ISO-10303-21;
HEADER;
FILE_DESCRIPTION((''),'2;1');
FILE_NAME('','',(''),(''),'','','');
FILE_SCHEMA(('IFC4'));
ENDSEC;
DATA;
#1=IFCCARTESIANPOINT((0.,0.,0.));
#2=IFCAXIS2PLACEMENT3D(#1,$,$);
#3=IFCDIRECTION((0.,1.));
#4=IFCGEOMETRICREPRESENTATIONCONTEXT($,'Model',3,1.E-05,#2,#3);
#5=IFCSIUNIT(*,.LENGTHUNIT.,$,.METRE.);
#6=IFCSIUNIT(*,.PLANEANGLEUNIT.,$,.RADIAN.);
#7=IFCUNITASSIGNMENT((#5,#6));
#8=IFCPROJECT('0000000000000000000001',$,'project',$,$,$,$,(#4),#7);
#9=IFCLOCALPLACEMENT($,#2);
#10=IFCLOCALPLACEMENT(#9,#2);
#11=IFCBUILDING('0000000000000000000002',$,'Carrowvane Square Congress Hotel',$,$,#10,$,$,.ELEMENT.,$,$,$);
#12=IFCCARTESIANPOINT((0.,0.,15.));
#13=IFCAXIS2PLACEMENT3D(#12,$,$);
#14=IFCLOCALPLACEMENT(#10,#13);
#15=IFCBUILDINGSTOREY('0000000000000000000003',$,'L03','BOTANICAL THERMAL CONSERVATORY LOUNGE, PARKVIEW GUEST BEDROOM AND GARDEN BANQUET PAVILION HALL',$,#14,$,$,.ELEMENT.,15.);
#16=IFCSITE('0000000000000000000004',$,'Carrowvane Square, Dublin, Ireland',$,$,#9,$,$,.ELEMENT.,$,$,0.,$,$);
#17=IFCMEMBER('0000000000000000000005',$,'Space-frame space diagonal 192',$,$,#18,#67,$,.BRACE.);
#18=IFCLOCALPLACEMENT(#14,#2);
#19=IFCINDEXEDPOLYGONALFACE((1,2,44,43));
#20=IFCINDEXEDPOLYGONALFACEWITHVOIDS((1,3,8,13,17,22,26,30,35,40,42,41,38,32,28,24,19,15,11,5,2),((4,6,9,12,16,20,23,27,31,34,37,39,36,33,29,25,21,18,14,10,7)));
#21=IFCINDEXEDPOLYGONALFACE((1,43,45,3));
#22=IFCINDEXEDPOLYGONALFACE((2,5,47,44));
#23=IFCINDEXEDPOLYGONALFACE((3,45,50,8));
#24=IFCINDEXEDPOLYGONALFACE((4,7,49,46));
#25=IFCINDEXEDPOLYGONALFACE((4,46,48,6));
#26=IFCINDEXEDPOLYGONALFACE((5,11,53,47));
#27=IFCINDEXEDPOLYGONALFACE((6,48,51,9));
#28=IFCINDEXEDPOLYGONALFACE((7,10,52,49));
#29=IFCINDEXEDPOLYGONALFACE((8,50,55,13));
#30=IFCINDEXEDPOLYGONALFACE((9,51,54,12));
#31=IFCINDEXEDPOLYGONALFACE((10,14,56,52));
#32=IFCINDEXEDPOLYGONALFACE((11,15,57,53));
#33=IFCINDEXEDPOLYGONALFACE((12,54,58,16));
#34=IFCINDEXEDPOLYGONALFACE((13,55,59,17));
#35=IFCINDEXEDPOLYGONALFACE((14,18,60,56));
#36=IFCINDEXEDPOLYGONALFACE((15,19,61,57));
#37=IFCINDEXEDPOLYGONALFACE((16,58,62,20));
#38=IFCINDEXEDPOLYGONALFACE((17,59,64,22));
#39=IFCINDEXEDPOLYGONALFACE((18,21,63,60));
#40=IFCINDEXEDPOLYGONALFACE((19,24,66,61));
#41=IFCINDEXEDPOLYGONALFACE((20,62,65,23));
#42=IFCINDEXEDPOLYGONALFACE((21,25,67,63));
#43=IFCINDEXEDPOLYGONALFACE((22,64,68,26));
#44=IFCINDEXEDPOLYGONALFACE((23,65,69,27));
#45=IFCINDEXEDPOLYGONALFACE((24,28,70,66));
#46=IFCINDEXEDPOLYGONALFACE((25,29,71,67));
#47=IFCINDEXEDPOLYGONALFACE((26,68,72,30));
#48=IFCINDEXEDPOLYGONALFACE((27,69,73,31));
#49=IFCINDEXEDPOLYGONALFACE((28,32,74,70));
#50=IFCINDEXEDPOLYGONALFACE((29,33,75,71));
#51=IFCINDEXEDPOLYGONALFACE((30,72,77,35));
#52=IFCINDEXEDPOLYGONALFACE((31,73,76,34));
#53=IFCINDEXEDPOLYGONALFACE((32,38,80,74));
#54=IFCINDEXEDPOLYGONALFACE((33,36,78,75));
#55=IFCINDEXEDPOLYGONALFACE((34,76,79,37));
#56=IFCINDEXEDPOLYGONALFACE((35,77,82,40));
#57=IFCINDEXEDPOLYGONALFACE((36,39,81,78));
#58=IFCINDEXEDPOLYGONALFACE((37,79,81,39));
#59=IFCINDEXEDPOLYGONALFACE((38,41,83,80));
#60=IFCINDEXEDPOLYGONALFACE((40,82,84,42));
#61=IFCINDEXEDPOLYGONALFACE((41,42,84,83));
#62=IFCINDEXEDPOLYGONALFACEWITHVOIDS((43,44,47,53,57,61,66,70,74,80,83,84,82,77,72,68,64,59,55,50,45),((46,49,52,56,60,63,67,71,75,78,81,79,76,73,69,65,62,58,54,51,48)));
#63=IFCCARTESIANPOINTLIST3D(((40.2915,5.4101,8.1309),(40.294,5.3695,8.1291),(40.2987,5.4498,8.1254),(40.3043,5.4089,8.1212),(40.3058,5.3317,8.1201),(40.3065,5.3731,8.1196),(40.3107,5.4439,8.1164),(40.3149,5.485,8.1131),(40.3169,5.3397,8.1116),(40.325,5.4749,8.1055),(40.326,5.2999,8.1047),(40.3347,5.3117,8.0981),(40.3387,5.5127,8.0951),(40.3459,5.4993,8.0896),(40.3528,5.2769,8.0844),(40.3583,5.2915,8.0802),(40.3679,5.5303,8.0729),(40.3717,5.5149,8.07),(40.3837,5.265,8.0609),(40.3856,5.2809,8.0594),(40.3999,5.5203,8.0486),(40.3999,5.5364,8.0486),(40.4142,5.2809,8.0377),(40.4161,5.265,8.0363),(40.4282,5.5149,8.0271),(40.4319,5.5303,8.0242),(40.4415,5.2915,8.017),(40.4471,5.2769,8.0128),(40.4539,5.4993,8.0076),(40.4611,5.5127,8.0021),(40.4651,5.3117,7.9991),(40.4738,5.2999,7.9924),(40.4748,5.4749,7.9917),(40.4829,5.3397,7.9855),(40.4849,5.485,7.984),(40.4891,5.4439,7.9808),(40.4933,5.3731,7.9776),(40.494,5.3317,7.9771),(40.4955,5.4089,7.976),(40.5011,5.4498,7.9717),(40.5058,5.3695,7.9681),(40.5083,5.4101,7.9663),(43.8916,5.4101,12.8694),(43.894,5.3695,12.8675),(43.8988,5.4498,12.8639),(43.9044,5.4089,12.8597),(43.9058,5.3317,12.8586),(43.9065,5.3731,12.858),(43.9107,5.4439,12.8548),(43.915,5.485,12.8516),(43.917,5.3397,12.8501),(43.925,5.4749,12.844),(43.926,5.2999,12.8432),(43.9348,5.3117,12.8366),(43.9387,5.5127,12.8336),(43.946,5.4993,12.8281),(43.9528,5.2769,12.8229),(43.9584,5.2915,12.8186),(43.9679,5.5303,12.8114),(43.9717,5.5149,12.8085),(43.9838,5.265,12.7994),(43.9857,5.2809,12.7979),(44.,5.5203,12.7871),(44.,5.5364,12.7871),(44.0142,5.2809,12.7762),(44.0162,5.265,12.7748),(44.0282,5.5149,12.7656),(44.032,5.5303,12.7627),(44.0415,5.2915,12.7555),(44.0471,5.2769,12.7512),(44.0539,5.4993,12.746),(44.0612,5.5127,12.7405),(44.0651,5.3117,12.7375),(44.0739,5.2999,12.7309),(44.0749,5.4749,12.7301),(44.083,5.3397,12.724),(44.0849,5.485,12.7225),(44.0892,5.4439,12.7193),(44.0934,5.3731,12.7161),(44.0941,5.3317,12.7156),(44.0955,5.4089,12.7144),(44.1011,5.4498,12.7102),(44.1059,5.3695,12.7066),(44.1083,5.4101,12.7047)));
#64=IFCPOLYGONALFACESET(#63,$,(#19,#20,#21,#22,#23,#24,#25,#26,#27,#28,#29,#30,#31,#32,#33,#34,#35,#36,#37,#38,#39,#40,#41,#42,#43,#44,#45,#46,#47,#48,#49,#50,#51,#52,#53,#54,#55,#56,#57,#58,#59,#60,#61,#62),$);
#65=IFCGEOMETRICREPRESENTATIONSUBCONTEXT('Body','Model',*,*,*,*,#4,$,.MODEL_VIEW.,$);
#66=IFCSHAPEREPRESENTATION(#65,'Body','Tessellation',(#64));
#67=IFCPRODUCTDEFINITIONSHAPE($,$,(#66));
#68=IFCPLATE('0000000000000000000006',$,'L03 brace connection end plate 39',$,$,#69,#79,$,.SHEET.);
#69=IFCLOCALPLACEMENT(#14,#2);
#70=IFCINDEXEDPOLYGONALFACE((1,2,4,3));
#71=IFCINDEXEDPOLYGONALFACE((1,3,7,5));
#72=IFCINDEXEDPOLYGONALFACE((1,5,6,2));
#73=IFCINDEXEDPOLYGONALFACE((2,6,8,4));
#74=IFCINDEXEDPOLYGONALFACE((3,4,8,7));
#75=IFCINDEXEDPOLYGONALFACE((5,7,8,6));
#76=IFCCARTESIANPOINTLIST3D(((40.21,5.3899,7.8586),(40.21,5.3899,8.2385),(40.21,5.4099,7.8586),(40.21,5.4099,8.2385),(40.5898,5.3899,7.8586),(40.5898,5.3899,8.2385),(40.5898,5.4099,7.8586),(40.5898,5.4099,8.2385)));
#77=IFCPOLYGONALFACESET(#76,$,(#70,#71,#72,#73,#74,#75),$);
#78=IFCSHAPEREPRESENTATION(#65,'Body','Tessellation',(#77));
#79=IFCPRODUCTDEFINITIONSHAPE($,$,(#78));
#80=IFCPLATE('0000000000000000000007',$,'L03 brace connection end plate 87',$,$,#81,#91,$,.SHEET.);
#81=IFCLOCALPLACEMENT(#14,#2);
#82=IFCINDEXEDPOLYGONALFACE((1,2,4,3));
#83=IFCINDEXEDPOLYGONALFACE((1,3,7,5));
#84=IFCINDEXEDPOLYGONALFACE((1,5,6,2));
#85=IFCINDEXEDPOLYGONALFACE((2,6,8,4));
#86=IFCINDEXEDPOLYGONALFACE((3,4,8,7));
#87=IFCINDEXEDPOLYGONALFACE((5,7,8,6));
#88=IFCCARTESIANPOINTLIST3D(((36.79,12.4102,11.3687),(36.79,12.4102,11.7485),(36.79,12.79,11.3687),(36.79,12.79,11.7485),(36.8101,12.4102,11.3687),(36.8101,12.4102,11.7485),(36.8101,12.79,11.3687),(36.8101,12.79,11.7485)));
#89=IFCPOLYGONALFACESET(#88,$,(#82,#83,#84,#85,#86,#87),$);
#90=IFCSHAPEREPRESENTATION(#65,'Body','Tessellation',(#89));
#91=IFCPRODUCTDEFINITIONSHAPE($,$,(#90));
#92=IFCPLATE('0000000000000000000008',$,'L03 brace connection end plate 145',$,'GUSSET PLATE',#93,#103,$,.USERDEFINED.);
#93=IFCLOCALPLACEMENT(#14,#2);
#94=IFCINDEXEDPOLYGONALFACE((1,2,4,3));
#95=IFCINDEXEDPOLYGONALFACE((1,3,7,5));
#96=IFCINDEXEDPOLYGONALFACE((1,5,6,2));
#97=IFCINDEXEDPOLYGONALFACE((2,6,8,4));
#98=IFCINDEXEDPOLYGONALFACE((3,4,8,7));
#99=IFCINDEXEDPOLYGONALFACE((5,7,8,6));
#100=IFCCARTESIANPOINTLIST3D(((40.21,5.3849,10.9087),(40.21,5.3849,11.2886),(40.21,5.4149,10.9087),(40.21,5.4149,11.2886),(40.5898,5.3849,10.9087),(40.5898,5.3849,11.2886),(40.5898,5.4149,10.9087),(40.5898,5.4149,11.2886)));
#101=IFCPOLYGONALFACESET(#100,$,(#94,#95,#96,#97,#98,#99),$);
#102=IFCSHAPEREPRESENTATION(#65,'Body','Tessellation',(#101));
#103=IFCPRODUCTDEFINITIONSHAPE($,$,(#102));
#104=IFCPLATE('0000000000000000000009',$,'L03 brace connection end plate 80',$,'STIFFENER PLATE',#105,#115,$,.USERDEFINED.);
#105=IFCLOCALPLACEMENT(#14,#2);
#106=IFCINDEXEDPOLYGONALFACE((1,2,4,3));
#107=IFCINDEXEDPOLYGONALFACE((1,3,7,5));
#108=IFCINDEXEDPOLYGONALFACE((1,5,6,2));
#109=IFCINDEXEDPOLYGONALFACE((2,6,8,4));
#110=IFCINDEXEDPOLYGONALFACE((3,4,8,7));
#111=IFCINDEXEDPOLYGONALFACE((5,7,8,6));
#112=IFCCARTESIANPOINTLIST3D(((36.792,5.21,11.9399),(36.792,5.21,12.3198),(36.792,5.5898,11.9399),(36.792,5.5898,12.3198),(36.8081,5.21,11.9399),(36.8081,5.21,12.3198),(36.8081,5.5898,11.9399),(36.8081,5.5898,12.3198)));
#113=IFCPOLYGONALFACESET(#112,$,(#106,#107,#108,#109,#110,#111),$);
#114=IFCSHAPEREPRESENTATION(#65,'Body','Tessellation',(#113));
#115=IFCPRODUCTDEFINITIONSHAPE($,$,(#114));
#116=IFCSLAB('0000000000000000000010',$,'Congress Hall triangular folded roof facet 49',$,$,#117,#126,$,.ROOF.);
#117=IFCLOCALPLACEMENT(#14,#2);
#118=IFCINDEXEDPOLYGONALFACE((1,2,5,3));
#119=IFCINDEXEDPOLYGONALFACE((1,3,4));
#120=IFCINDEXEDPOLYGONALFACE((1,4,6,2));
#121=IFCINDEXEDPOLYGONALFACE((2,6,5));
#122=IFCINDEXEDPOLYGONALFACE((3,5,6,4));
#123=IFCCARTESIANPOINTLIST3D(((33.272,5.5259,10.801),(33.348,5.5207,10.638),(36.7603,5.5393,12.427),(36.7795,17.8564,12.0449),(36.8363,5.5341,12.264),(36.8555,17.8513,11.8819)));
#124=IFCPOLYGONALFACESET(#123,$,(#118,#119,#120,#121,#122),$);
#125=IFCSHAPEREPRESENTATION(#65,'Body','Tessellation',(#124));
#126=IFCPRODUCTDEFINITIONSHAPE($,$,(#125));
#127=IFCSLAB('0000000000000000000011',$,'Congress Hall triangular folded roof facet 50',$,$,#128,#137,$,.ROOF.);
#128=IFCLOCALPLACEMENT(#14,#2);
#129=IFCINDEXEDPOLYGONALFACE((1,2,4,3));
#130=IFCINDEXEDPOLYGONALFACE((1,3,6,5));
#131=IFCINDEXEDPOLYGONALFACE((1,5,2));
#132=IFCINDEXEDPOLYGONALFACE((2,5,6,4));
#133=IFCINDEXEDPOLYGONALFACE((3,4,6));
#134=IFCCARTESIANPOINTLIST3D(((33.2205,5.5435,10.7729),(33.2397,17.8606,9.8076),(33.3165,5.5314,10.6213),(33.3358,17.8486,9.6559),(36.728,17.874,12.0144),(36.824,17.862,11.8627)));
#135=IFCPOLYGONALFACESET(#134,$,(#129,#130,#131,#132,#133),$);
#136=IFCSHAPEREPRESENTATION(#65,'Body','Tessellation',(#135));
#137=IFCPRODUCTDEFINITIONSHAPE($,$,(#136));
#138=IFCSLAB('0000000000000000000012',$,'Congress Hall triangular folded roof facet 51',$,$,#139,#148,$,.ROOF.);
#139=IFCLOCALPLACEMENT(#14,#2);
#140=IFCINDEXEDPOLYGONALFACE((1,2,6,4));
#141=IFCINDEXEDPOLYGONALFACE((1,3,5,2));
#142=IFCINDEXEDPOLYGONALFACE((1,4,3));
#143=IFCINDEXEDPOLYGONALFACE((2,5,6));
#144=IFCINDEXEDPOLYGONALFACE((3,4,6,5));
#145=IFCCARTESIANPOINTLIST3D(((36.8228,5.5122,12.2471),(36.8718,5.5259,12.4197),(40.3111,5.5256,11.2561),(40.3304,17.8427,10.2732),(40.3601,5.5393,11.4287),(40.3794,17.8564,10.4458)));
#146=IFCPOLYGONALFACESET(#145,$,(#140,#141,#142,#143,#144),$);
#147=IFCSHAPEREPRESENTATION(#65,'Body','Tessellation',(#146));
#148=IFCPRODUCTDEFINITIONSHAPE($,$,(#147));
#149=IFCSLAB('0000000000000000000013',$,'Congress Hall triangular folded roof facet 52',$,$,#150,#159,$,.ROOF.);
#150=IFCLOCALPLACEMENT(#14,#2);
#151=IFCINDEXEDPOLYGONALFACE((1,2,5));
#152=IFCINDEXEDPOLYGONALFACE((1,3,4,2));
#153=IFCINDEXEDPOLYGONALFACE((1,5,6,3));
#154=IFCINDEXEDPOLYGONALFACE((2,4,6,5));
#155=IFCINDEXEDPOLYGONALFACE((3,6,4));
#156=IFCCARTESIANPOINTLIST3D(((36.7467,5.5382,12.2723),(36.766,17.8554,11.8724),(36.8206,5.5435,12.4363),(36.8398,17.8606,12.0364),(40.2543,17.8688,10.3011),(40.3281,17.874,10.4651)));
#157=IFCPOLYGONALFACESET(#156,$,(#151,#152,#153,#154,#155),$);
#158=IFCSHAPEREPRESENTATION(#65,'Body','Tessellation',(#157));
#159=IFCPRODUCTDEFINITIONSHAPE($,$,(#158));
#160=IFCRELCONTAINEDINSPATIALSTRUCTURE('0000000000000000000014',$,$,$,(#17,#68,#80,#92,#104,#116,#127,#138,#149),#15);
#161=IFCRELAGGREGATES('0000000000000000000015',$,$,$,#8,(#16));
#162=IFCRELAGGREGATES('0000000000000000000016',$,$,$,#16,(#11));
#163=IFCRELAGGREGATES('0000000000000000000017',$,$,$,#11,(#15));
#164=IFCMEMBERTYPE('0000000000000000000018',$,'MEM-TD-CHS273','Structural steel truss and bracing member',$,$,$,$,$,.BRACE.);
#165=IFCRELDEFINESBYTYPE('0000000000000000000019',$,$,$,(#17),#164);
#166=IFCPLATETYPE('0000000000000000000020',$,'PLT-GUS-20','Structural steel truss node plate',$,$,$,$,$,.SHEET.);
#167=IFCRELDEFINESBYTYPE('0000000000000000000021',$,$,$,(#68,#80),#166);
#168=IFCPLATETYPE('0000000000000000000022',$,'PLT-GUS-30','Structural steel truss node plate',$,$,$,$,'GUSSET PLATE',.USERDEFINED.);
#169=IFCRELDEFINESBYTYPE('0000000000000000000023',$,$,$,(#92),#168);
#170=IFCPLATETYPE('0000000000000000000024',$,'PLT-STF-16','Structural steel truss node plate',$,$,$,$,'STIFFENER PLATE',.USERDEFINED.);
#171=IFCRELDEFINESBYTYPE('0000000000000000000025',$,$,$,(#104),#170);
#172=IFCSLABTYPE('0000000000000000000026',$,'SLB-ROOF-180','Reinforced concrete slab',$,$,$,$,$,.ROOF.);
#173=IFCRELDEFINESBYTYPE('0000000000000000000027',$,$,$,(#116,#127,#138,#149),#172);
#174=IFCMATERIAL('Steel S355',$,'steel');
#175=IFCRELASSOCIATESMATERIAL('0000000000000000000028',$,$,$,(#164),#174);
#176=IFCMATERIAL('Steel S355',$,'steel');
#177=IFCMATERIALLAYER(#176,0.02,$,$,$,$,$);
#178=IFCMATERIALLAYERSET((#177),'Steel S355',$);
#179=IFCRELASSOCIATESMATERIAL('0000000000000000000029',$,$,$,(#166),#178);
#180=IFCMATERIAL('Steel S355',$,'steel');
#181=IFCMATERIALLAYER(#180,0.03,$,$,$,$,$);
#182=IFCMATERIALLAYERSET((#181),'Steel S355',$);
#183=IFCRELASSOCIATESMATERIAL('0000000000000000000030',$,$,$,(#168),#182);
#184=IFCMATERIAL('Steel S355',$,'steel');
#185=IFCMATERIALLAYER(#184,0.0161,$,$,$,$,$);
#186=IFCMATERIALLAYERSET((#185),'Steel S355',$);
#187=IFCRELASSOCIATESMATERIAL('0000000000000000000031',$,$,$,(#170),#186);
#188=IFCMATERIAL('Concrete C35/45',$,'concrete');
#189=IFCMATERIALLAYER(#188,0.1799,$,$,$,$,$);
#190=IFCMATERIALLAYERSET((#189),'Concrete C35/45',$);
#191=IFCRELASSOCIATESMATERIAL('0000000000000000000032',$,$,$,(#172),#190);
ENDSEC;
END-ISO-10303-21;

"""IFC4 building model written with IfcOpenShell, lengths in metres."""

from ifc_helpers import new_model, si_unit, direction, frame, origin, origin_2d, place, context, subcontext, project, spatial, polyline, rectangle, hollow_circle, outline, extrude, material, layer, layer_set, material_profile, profile_set, type_object, element, save


model = new_model("IFC4")

# Units and contexts
model_context = context("Model", 3, precision=1e-05, world=origin(), true_north=direction((0.0, 1.0)))
body_context = subcontext(model_context, "Body", "Model", "MODEL_VIEW")
ifc_project = project(units=[si_unit("LENGTHUNIT", "METRE"), si_unit("PLANEANGLEUNIT", "RADIAN")], contexts=[model_context])

# Site, building, storey
site_placement = place(None, origin())
site = spatial("IfcSite", under=ifc_project, at=site_placement, Name="Carrowvane Square, Dublin, Ireland", CompositionType="ELEMENT", RefElevation=0.0)
building_placement = place(site_placement, origin())
building = spatial("IfcBuilding", under=site, at=building_placement, Name="Carrowvane Square Congress Hotel", CompositionType="ELEMENT")
storey_placement = place(building_placement, frame((0.0, 0.0, 15.0)))
storey = spatial("IfcBuildingStorey", under=building, at=storey_placement, Name="L03", Description="BOTANICAL THERMAL CONSERVATORY LOUNGE, PARKVIEW GUEST BEDROOM AND GARDEN BANQUET PAVILION HALL", CompositionType="ELEMENT", Elevation=15.0)

# Member
ifc_material_1 = material(Name="Steel S355", Category="steel")
ifc_material_profile_1 = material_profile(ifc_material_1, hollow_circle(Radius=0.1365, WallThickness=0.0161, at=origin_2d()), Name="CHS 273.0x16")
ifc_profile_set_1 = profile_set([ifc_material_profile_1], Name="Steel S355")
member_type_1 = type_object("IfcMemberType", Name="MEM-TD-CHS273", Description="Structural steel truss and bracing member", PredefinedType="BRACE", material=ifc_profile_set_1)
member_1_placement = place(storey_placement, frame((40.3999, 5.3999, 8.0486), z_axis=(0.604957, 0.0, 0.796258), x_axis=(0.0, 1.0, 0.0)))
element("IfcMember", 1, at=member_1_placement, inside=storey, type_object=member_type_1, Name="Space-frame space diagonal 192", PredefinedType="BRACE", context=body_context, shape_type="SweptSolid", body=[
    extrude(hollow_circle(Radius=0.1365, WallThickness=0.0161, at=origin_2d()), origin(), (0.0, 0.0, 1.0), 5.9509),
])

# Plates
ifc_material_2 = material(Name="Steel S355", Category="steel")
ifc_layer_1 = layer(ifc_material_2, 0.02)
ifc_layer_set_1 = layer_set([ifc_layer_1], Name="Steel S355")
plate_type_1 = type_object("IfcPlateType", Name="PLT-GUS-20", Description="Structural steel truss node plate", PredefinedType="SHEET", material=ifc_layer_set_1)
plate_1_placement = place(storey_placement, frame((40.3999, 5.3999, 7.8586), z_axis=(0.0, 0.0, 1.0), x_axis=(1.0, 0.0, 0.0)))
element("IfcPlate", 2, at=plate_1_placement, inside=storey, type_object=plate_type_1, Name="L03 brace connection end plate 39", PredefinedType="SHEET", context=body_context, shape_type="SweptSolid", body=[
    extrude(rectangle(XDim=0.3799, YDim=0.02, at=origin_2d()), origin(), (0.0, 0.0, 1.0), 0.3799),
])
plate_2_placement = place(storey_placement, frame((36.8, 12.6001, 11.3687), z_axis=(0.0, 0.0, 1.0), x_axis=(1.0, 0.0, 0.0)))
element("IfcPlate", 3, at=plate_2_placement, inside=storey, type_object=plate_type_1, Name="L03 brace connection end plate 87", PredefinedType="SHEET", context=body_context, shape_type="SweptSolid", body=[
    extrude(rectangle(XDim=0.02, YDim=0.3799, at=origin_2d()), origin(), (0.0, 0.0, 1.0), 0.3799),
])
ifc_material_3 = material(Name="Steel S355", Category="steel")
ifc_layer_2 = layer(ifc_material_3, 0.03)
ifc_layer_set_2 = layer_set([ifc_layer_2], Name="Steel S355")
plate_type_2 = type_object("IfcPlateType", Name="PLT-GUS-30", Description="Structural steel truss node plate", ElementType="GUSSET PLATE", PredefinedType="USERDEFINED", material=ifc_layer_set_2)
plate_3_placement = place(storey_placement, frame((40.3999, 5.3999, 10.9087), z_axis=(0.0, 0.0, 1.0), x_axis=(1.0, 0.0, 0.0)))
element("IfcPlate", 4, at=plate_3_placement, inside=storey, type_object=plate_type_2, Name="L03 brace connection end plate 145", ObjectType="GUSSET PLATE", PredefinedType="USERDEFINED", context=body_context, shape_type="SweptSolid", body=[
    extrude(rectangle(XDim=0.3799, YDim=0.03, at=origin_2d()), origin(), (0.0, 0.0, 1.0), 0.3799),
])
ifc_material_4 = material(Name="Steel S355", Category="steel")
ifc_layer_3 = layer(ifc_material_4, 0.0161)
ifc_layer_set_3 = layer_set([ifc_layer_3], Name="Steel S355")
plate_type_3 = type_object("IfcPlateType", Name="PLT-STF-16", Description="Structural steel truss node plate", ElementType="STIFFENER PLATE", PredefinedType="USERDEFINED", material=ifc_layer_set_3)
plate_4_placement = place(storey_placement, frame((36.8, 5.3999, 11.9399), z_axis=(0.0, 0.0, 1.0), x_axis=(1.0, 0.0, 0.0)))
element("IfcPlate", 5, at=plate_4_placement, inside=storey, type_object=plate_type_3, Name="L03 brace connection end plate 80", ObjectType="STIFFENER PLATE", PredefinedType="USERDEFINED", context=body_context, shape_type="SweptSolid", body=[
    extrude(rectangle(XDim=0.0161, YDim=0.3799, at=origin_2d()), origin(), (0.0, 0.0, 1.0), 0.3799),
])

# Slabs
ifc_material_5 = material(Name="Concrete C35/45", Category="concrete")
ifc_layer_4 = layer(ifc_material_5, 0.1799)
ifc_layer_set_4 = layer_set([ifc_layer_4], Name="Concrete C35/45")
slab_type = type_object("IfcSlabType", Name="SLB-ROOF-180", Description="Reinforced concrete slab", PredefinedType="ROOF", material=ifc_layer_set_4)
slab_1_placement = place(storey_placement, frame((33.272, 5.5259, 10.801), z_axis=(-0.422399, 0.028764, 0.905954), x_axis=(0.906366, 0.003489, 0.42248)))
element("IfcSlab", 6, at=slab_1_placement, inside=storey, type_object=slab_type, Name="Congress Hall triangular folded roof facet 49", PredefinedType="ROOF", context=body_context, shape_type="SweptSolid", body=[
    extrude(outline(polyline([(0.0, 0.0), (3.8486, 0.0), (3.7477, 12.3227), (0.0, 0.0)])), origin(), (0.0, 0.0, -1.0), 0.1799),
])
slab_2_placement = place(storey_placement, frame((33.2205, 5.5435, 10.7729), z_axis=(-0.533613, 0.06691, 0.843078), x_axis=(0.272333, 0.957363, 0.096388)))
element("IfcSlab", 7, at=slab_2_placement, inside=storey, type_object=slab_type, Name="Congress Hall triangular folded roof facet 50", PredefinedType="ROOF", context=body_context, shape_type="SweptSolid", body=[
    extrude(outline(polyline([(0.0, 0.0), (12.8797, 0.0), (11.7042, 3.9568), (0.0, 0.0)])), origin(), (0.0, 0.0, -1.0), 0.1799),
])
slab_3_placement = place(storey_placement, frame((36.8718, 5.5259, 12.4197), z_axis=(0.272207, 0.07612, 0.959223), x_axis=(0.96193, 0.003703, -0.27327)))
element("IfcSlab", 8, at=slab_3_placement, inside=storey, type_object=slab_type, Name="Congress Hall triangular folded roof facet 51", PredefinedType="ROOF", context=body_context, shape_type="SweptSolid", body=[
    extrude(outline(polyline([(0.0, 0.0), (3.6263, 0.0), (3.9591, 12.3518), (0.0, 0.0)])), origin(), (0.0, 0.0, -1.0), 0.1799),
])
slab_4_placement = place(storey_placement, frame((36.8206, 5.5435, 12.4363), z_axis=(0.41044, 0.028949, 0.911428), x_axis=(0.270429, 0.950669, -0.151976)))
element("IfcSlab", 9, at=slab_4_placement, inside=storey, type_object=slab_type, Name="Congress Hall triangular folded roof facet 52", PredefinedType="ROOF", context=body_context, shape_type="SweptSolid", body=[
    extrude(outline(polyline([(0.0, 0.0), (12.9704, 0.0), (11.7755, 3.6345), (0.0, 0.0)])), origin(), (0.0, 0.0, -1.0), 0.1799),
])

save(model, "model.ifc")
